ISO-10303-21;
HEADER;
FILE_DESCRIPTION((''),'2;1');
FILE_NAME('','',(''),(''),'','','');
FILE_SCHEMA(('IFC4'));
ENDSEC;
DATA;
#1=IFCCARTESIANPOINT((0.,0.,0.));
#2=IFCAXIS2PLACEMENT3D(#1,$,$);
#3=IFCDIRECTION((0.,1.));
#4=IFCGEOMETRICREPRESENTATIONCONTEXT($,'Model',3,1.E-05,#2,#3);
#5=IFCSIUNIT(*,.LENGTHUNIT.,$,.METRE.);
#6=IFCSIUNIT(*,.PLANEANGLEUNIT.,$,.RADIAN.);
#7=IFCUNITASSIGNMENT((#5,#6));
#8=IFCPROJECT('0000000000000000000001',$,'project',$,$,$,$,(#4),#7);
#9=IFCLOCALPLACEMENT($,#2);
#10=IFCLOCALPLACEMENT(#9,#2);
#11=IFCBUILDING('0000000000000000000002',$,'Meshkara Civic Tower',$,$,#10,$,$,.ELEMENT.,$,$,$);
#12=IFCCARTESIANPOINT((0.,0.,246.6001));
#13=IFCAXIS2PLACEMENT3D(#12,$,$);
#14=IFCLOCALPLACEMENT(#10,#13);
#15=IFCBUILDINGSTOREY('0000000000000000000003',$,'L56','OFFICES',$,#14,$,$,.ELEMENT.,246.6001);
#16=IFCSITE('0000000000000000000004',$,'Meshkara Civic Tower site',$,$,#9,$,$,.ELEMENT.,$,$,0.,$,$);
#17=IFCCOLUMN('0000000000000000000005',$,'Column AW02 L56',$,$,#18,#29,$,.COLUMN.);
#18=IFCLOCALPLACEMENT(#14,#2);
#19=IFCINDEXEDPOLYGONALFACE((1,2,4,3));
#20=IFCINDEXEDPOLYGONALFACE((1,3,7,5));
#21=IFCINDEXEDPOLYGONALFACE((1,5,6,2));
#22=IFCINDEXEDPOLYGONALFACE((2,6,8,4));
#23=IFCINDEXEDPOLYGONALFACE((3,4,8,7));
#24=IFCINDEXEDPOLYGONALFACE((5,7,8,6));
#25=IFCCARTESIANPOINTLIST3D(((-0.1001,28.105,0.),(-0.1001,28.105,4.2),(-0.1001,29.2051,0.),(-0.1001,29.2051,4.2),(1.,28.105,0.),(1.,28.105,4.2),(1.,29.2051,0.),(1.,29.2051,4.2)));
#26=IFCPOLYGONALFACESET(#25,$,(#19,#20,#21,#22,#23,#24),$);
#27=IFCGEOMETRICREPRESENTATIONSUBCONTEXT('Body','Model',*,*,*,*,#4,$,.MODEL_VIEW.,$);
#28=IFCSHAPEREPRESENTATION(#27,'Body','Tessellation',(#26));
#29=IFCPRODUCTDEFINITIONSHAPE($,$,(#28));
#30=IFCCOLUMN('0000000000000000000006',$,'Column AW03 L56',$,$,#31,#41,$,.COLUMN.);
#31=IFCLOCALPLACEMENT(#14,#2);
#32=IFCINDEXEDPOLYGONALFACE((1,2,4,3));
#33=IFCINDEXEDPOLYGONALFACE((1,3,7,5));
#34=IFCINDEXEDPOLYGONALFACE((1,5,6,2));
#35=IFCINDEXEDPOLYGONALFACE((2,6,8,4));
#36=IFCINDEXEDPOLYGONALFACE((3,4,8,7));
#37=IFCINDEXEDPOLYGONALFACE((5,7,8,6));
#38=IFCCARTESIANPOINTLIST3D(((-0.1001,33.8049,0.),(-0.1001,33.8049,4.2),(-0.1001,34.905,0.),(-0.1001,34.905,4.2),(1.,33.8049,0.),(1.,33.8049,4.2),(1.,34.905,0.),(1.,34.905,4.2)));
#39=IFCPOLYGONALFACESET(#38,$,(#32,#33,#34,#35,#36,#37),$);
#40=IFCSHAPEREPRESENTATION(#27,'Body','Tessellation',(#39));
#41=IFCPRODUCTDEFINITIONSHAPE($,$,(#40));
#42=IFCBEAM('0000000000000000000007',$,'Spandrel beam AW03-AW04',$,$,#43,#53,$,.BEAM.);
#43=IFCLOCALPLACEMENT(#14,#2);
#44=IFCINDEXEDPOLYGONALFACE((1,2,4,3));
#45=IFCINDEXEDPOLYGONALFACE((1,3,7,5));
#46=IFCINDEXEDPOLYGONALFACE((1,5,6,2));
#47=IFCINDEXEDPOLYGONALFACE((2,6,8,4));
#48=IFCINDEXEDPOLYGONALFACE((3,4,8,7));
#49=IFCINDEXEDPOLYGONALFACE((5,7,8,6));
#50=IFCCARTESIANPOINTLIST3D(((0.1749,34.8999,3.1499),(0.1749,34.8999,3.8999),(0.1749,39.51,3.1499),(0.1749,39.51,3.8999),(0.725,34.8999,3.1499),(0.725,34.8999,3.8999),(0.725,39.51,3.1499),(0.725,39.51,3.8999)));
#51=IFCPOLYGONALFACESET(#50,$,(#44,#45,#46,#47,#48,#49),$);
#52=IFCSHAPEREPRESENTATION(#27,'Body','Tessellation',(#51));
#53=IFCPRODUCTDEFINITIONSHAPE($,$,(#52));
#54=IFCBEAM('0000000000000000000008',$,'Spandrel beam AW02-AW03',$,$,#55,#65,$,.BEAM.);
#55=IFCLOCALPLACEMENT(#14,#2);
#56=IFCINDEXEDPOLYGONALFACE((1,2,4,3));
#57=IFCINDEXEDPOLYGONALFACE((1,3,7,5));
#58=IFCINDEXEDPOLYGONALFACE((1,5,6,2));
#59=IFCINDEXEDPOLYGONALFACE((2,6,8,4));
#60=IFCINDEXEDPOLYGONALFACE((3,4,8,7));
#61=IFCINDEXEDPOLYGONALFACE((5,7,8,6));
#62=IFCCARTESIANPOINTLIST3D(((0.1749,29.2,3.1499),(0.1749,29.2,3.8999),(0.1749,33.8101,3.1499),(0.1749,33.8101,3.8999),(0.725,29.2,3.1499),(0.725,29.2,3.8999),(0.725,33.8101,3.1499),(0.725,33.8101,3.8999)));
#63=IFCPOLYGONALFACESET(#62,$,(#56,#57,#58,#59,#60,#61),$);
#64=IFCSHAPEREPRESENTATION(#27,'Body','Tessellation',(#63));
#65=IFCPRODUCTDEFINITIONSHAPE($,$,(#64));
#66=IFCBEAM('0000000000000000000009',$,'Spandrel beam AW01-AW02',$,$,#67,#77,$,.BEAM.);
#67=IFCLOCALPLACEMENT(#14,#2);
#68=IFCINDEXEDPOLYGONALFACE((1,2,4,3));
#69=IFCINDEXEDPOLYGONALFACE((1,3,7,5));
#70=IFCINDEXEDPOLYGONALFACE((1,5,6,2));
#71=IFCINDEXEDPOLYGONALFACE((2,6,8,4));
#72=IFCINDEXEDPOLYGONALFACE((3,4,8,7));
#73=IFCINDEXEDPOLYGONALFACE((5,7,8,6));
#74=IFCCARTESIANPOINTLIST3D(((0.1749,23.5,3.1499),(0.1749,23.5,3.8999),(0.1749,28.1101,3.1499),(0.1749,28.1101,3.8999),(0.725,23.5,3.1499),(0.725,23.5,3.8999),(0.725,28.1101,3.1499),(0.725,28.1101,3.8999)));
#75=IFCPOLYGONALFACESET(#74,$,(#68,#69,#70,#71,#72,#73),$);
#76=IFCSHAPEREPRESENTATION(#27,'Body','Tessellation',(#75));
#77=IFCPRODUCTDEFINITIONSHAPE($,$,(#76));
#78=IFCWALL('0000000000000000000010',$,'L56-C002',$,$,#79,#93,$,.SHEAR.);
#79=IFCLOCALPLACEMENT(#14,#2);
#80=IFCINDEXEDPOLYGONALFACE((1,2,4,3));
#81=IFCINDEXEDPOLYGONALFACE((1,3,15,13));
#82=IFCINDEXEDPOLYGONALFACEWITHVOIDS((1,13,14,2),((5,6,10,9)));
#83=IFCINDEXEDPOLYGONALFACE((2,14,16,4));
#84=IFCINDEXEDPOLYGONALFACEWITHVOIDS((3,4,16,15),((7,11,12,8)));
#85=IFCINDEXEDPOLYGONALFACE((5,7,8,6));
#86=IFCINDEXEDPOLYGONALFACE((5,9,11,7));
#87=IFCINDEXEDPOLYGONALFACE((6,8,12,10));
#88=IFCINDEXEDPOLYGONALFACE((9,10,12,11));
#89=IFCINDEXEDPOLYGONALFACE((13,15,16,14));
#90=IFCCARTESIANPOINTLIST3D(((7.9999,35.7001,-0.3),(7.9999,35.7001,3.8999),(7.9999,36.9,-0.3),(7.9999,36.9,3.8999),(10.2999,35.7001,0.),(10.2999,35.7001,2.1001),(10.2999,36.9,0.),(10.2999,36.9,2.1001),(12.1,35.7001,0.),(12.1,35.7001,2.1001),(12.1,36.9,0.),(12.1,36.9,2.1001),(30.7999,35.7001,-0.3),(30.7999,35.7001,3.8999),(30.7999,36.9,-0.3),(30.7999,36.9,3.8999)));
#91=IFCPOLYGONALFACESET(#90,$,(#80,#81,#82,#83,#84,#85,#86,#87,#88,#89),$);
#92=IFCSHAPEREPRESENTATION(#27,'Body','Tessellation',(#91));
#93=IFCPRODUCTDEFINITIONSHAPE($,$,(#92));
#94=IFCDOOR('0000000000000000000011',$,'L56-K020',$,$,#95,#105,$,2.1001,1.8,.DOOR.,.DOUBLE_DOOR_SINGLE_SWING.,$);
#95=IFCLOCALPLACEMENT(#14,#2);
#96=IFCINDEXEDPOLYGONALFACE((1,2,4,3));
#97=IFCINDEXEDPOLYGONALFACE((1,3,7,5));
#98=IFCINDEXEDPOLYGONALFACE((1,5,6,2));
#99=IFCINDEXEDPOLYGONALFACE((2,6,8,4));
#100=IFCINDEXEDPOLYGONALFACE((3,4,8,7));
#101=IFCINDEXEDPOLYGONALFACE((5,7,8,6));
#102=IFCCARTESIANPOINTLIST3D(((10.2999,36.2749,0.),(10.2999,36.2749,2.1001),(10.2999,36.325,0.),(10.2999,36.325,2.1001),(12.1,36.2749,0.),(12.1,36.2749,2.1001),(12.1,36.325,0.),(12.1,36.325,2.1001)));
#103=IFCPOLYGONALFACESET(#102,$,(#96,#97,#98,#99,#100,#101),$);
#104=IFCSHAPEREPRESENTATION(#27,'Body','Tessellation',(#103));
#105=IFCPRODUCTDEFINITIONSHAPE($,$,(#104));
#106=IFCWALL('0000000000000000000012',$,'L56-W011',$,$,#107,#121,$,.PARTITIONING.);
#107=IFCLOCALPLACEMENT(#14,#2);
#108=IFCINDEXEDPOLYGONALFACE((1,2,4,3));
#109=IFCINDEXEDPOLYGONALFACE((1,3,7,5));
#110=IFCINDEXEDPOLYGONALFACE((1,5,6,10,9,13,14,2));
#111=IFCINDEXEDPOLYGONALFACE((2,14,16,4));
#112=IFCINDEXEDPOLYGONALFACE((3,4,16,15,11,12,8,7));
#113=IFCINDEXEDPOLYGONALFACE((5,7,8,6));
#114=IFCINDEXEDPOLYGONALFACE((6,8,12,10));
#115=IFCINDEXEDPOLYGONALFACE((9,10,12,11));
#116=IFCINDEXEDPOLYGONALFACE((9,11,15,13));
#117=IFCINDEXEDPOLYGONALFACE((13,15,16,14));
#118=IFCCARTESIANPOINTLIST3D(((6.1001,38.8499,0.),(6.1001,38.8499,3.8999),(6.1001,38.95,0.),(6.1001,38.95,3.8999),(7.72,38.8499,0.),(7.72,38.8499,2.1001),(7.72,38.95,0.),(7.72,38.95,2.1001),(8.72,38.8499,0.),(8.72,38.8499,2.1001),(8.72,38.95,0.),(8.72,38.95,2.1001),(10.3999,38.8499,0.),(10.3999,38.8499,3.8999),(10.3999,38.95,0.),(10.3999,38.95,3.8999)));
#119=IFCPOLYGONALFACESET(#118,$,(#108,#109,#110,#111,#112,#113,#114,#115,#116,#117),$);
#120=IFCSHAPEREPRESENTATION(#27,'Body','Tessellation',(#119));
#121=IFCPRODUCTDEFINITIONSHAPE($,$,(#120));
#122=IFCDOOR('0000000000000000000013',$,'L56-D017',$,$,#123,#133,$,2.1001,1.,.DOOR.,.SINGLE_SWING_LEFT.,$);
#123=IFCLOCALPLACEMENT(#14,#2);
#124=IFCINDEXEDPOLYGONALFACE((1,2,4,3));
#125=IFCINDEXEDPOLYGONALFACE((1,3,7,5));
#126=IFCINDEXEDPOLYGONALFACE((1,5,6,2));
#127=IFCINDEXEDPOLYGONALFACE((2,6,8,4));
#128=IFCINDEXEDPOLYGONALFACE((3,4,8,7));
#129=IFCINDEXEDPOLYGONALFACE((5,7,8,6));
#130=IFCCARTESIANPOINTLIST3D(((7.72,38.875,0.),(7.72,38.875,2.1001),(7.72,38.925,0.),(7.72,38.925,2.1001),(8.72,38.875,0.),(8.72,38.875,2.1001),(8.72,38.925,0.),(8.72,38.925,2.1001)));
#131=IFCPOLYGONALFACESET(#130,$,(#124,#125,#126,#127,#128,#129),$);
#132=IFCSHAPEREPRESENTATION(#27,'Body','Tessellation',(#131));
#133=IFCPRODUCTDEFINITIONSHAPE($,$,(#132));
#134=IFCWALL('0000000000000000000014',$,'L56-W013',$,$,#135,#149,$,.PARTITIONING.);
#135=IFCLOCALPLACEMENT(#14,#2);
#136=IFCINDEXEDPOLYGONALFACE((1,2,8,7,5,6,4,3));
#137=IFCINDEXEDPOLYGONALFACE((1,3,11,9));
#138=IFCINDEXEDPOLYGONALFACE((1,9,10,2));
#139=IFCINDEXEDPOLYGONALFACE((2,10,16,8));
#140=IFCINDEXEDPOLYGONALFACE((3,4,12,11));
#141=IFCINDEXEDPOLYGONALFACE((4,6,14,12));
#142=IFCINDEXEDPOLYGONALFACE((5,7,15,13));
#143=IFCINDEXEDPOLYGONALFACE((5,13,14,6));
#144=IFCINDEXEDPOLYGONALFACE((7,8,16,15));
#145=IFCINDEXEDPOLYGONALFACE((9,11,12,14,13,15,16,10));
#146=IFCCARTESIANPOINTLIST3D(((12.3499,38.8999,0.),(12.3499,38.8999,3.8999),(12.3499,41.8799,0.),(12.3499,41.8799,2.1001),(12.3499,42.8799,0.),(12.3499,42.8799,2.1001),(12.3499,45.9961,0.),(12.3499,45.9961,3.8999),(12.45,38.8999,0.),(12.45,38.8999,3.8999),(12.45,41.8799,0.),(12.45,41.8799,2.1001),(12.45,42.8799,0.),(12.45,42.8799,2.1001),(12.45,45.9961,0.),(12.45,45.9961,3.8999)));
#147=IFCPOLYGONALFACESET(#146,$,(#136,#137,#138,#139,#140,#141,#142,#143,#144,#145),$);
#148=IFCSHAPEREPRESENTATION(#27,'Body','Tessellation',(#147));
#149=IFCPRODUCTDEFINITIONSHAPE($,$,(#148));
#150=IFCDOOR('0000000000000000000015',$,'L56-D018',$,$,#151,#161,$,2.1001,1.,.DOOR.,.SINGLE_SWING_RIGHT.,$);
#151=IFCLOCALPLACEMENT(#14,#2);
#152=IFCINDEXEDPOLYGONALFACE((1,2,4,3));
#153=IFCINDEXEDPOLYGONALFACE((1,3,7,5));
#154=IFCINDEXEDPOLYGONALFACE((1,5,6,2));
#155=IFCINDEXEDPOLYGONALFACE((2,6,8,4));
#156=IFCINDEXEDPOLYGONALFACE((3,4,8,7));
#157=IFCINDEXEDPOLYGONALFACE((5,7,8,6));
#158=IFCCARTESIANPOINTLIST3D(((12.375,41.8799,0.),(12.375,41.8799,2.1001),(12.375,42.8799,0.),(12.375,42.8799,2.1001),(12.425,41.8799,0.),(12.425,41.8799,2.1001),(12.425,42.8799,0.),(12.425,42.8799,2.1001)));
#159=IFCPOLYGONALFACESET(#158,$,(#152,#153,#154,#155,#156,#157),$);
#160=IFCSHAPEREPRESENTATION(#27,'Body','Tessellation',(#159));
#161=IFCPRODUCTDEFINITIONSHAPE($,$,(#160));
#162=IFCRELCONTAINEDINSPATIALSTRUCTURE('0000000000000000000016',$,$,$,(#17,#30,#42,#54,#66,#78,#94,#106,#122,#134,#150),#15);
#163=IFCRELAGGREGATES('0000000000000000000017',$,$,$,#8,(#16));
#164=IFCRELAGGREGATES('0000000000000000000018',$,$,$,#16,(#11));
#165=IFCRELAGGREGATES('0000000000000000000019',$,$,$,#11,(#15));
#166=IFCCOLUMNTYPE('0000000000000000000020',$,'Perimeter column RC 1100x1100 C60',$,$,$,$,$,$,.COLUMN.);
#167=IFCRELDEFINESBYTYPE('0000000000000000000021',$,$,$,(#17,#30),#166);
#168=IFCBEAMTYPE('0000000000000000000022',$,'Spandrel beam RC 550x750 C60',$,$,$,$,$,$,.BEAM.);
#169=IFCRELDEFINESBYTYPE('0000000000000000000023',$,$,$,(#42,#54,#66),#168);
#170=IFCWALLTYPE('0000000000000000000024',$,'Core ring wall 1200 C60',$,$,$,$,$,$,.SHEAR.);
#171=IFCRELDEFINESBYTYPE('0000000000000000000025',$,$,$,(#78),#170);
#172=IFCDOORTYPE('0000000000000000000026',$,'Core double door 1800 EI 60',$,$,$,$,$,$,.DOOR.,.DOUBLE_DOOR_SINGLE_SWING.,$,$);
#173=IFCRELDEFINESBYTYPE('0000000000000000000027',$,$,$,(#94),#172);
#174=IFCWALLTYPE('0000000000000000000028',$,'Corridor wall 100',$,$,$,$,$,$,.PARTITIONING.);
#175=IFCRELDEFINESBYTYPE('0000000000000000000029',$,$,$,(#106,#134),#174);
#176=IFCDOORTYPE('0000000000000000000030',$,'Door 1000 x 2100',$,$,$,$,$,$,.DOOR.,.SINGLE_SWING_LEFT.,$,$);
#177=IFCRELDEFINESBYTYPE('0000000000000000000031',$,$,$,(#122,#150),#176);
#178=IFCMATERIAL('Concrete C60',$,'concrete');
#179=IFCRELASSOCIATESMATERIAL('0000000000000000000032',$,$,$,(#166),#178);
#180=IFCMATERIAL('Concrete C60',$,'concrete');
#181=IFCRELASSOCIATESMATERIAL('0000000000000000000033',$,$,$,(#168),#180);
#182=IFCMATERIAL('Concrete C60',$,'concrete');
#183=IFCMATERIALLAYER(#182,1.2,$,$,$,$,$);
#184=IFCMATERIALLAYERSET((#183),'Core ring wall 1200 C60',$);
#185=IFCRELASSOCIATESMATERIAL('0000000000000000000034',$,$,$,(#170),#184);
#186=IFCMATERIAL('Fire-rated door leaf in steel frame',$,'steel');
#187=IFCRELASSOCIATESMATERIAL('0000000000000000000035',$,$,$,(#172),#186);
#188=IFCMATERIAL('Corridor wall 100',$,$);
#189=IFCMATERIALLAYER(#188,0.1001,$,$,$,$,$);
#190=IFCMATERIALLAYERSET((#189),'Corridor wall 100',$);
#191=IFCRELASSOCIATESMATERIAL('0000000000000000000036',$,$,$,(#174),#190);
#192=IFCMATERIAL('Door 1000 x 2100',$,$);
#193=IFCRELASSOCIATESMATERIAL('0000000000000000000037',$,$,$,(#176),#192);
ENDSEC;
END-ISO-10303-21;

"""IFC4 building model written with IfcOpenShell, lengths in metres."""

from ifc_helpers import new_model, si_unit, direction, frame, frame_2d, origin, origin_2d, place, context, subcontext, project, spatial, rectangle, extrude, material, layer, layer_set, material_profile, profile_set, type_object, element, fill, save


model = new_model("IFC4")

# Units and contexts
model_context = context("Model", 3, precision=1e-05, world=origin(), true_north=direction((0.0, 1.0)))
body_context = subcontext(model_context, "Body", "Model", "MODEL_VIEW")
ifc_project = project(units=[si_unit("LENGTHUNIT", "METRE"), si_unit("PLANEANGLEUNIT", "RADIAN")], contexts=[model_context])

# Site, building, storey
site_placement = place(None, origin())
site = spatial("IfcSite", under=ifc_project, at=site_placement, Name="Meshkara Civic Tower site", CompositionType="ELEMENT", RefElevation=0.0)
building_placement = place(site_placement, origin())
building = spatial("IfcBuilding", under=site, at=building_placement, Name="Meshkara Civic Tower", CompositionType="ELEMENT")
storey_placement = place(building_placement, frame((0.0, 0.0, 246.6001)))
storey = spatial("IfcBuildingStorey", under=building, at=storey_placement, Name="L56", Description="OFFICES", CompositionType="ELEMENT", Elevation=246.6001)

# Columns
ifc_material_1 = material(Name="Concrete C60", Category="concrete")
ifc_material_profile_1 = material_profile(ifc_material_1, rectangle(XDim=1.1001, YDim=1.1001, at=origin_2d()))
ifc_profile_set_1 = profile_set([ifc_material_profile_1], Name="Concrete C60")
column_type = type_object("IfcColumnType", Name="Perimeter column RC 1100x1100 C60", PredefinedType="COLUMN", material=ifc_profile_set_1)
for number, where, z_axis, x_axis, name in (
    (1, (0.45, 28.655, 0.0), (0.0, 0.0, 1.0), (1.0, 0.0, 0.0), "Column AW02 L56"),
    (2, (0.45, 34.355, 0.0), (0.0, 0.0, 1.0), (1.0, 0.0, 0.0), "Column AW03 L56"),
):
    element("IfcColumn", number, at=place(storey_placement, frame(where, z_axis=z_axis, x_axis=x_axis)), inside=storey, type_object=column_type, Name=name, PredefinedType="COLUMN", context=body_context, shape_type="SweptSolid", body=[
        extrude(rectangle(XDim=1.1001, YDim=1.1001, at=origin_2d()), origin(), (0.0, 0.0, 1.0), 4.2),
    ])

# Beams
ifc_material_2 = material(Name="Concrete C60", Category="concrete")
ifc_material_profile_2 = material_profile(ifc_material_2, rectangle(XDim=0.55, YDim=0.75, at=origin_2d()))
ifc_profile_set_2 = profile_set([ifc_material_profile_2], Name="Concrete C60")
beam_type = type_object("IfcBeamType", Name="Spandrel beam RC 550x750 C60", PredefinedType="BEAM", material=ifc_profile_set_2)
for number, where, z_axis, x_axis, name in (
    (3, (0.45, 39.51, 3.5249), (0.0, -1.0, 0.0), (1.0, 0.0, 0.0), "Spandrel beam AW03-AW04"),
    (4, (0.45, 33.8101, 3.5249), (0.0, -1.0, 0.0), (1.0, 0.0, 0.0), "Spandrel beam AW02-AW03"),
    (5, (0.45, 28.1101, 3.5249), (0.0, -1.0, 0.0), (1.0, 0.0, 0.0), "Spandrel beam AW01-AW02"),
):
    element("IfcBeam", number, at=place(storey_placement, frame(where, z_axis=z_axis, x_axis=x_axis)), inside=storey, type_object=beam_type, Name=name, PredefinedType="BEAM", context=body_context, shape_type="SweptSolid", body=[
        extrude(rectangle(XDim=0.55, YDim=0.75, at=origin_2d()), origin(), (0.0, 0.0, 1.0), 4.6101),
    ])

# Walls, openings, doors
ifc_material_3 = material(Name="Concrete C60", Category="concrete")
ifc_layer_1 = layer(ifc_material_3, 1.2)
ifc_layer_set_1 = layer_set([ifc_layer_1], Name="Core ring wall 1200 C60")
wall_type_1 = type_object("IfcWallType", Name="Core ring wall 1200 C60", PredefinedType="SHEAR", material=ifc_layer_set_1)
wall_1_placement = place(storey_placement, frame((8.0, 36.3, -0.3), z_axis=(0.0, 0.0, 1.0), x_axis=(1.0, 0.0, 0.0)))
wall_1 = element("IfcWall", 6, at=wall_1_placement, inside=storey, type_object=wall_type_1, Name="L56-C002", PredefinedType="SHEAR", context=body_context, shape_type="SweptSolid", body=[
    extrude(rectangle(XDim=22.8, YDim=1.2, at=frame_2d((11.3999, 0.0))), origin(), (0.0, 0.0, 1.0), 4.2),
])
opening_1_placement = place(wall_1_placement, frame((2.3, 0.0, 0.3)))
opening_1 = element("IfcOpeningElement", 7, at=opening_1_placement, cuts=wall_1, PredefinedType="OPENING", context=body_context, shape_type="SweptSolid", body=[
    extrude(rectangle(XDim=1.8, YDim=2.1001, at=frame_2d((0.8999, 1.05))), frame((0.0, 0.6099, 0.0), z_axis=(0.0, -1.0, 0.0), x_axis=(1.0, 0.0, 0.0)), (0.0, 0.0, 1.0), 1.22),
])
ifc_material_4 = material(Name="Fire-rated door leaf in steel frame", Category="steel")
door_type_1 = type_object("IfcDoorType", Name="Core double door 1800 EI 60", OperationType="DOUBLE_DOOR_SINGLE_SWING", PredefinedType="DOOR", material=ifc_material_4)
door_1_placement = place(opening_1_placement, origin())
door_1 = element("IfcDoor", 8, at=door_1_placement, inside=storey, type_object=door_type_1, Name="L56-K020", OperationType="DOUBLE_DOOR_SINGLE_SWING", OverallHeight=2.1001, OverallWidth=1.8, PredefinedType="DOOR", context=body_context, shape_type="SweptSolid", body=[
    extrude(rectangle(XDim=1.8, YDim=2.1001, at=frame_2d((0.8999, 1.05))), frame((0.0, 0.0249, 0.0), z_axis=(0.0, -1.0, 0.0), x_axis=(1.0, 0.0, 0.0)), (0.0, 0.0, 1.0), 0.05),
])
fill(opening_1, door_1)
ifc_material_5 = material(Name="Corridor wall 100")
ifc_layer_2 = layer(ifc_material_5, 0.1001)
ifc_layer_set_2 = layer_set([ifc_layer_2], Name="Corridor wall 100")
wall_type_2 = type_object("IfcWallType", Name="Corridor wall 100", PredefinedType="PARTITIONING", material=ifc_layer_set_2)
wall_2_placement = place(storey_placement, frame((10.3999, 38.8999, 0.0), z_axis=(0.0, 0.0, 1.0), x_axis=(-1.0, 0.0, 0.0)))
wall_2 = element("IfcWall", 9, at=wall_2_placement, inside=storey, type_object=wall_type_2, Name="L56-W011", PredefinedType="PARTITIONING", context=body_context, shape_type="SweptSolid", body=[
    extrude(rectangle(XDim=4.2998, YDim=0.1001, at=frame_2d((2.1499, 0.0))), origin(), (0.0, 0.0, 1.0), 3.8999),
])
opening_2_placement = place(wall_2_placement, frame((1.6799, 0.0, 0.0)))
opening_2 = element("IfcOpeningElement", 10, at=opening_2_placement, cuts=wall_2, PredefinedType="OPENING", context=body_context, shape_type="SweptSolid", body=[
    extrude(rectangle(XDim=1.0, YDim=2.1001, at=frame_2d((0.5, 1.05))), frame((0.0, 0.0601, 0.0), z_axis=(0.0, -1.0, 0.0), x_axis=(1.0, 0.0, 0.0)), (0.0, 0.0, 1.0), 0.1201),
])
ifc_material_6 = material(Name="Door 1000 x 2100")
door_type_2 = type_object("IfcDoorType", Name="Door 1000 x 2100", OperationType="SINGLE_SWING_LEFT", PredefinedType="DOOR", material=ifc_material_6)
door_2_placement = place(opening_2_placement, origin())
door_2 = element("IfcDoor", 11, at=door_2_placement, inside=storey, type_object=door_type_2, Name="L56-D017", OperationType="SINGLE_SWING_LEFT", OverallHeight=2.1001, OverallWidth=1.0, PredefinedType="DOOR", context=body_context, shape_type="SweptSolid", body=[
    extrude(rectangle(XDim=1.0, YDim=2.1001, at=frame_2d((0.5, 1.05))), frame((0.0, 0.0249, 0.0), z_axis=(0.0, -1.0, 0.0), x_axis=(1.0, 0.0, 0.0)), (0.0, 0.0, 1.0), 0.05),
])
fill(opening_2, door_2)
wall_3_placement = place(storey_placement, frame((12.3999, 38.8999, 0.0), z_axis=(0.0, 0.0, 1.0), x_axis=(0.0, 1.0, 0.0)))
wall_3 = element("IfcWall", 12, at=wall_3_placement, inside=storey, type_object=wall_type_2, Name="L56-W013", PredefinedType="PARTITIONING", context=body_context, shape_type="SweptSolid", body=[
    extrude(rectangle(XDim=7.0962, YDim=0.1001, at=frame_2d((3.5481, 0.0))), origin(), (0.0, 0.0, 1.0), 3.8999),
])
opening_3_placement = place(wall_3_placement, frame((2.98, 0.0, 0.0)))
opening_3 = element("IfcOpeningElement", 13, at=opening_3_placement, cuts=wall_3, PredefinedType="OPENING", context=body_context, shape_type="SweptSolid", body=[
    extrude(rectangle(XDim=1.0, YDim=2.1001, at=frame_2d((0.5, 1.05))), frame((0.0, 0.0601, 0.0), z_axis=(0.0, -1.0, 0.0), x_axis=(1.0, 0.0, 0.0)), (0.0, 0.0, 1.0), 0.1201),
])
door_3_placement = place(opening_3_placement, origin())
door_3 = element("IfcDoor", 14, at=door_3_placement, inside=storey, type_object=door_type_2, Name="L56-D018", OperationType="SINGLE_SWING_RIGHT", OverallHeight=2.1001, OverallWidth=1.0, PredefinedType="DOOR", context=body_context, shape_type="SweptSolid", body=[
    extrude(rectangle(XDim=1.0, YDim=2.1001, at=frame_2d((0.5, 1.05))), frame((0.0, 0.0249, 0.0), z_axis=(0.0, -1.0, 0.0), x_axis=(1.0, 0.0, 0.0)), (0.0, 0.0, 1.0), 0.05),
])
fill(opening_3, door_3)

save(model, "model.ifc")
